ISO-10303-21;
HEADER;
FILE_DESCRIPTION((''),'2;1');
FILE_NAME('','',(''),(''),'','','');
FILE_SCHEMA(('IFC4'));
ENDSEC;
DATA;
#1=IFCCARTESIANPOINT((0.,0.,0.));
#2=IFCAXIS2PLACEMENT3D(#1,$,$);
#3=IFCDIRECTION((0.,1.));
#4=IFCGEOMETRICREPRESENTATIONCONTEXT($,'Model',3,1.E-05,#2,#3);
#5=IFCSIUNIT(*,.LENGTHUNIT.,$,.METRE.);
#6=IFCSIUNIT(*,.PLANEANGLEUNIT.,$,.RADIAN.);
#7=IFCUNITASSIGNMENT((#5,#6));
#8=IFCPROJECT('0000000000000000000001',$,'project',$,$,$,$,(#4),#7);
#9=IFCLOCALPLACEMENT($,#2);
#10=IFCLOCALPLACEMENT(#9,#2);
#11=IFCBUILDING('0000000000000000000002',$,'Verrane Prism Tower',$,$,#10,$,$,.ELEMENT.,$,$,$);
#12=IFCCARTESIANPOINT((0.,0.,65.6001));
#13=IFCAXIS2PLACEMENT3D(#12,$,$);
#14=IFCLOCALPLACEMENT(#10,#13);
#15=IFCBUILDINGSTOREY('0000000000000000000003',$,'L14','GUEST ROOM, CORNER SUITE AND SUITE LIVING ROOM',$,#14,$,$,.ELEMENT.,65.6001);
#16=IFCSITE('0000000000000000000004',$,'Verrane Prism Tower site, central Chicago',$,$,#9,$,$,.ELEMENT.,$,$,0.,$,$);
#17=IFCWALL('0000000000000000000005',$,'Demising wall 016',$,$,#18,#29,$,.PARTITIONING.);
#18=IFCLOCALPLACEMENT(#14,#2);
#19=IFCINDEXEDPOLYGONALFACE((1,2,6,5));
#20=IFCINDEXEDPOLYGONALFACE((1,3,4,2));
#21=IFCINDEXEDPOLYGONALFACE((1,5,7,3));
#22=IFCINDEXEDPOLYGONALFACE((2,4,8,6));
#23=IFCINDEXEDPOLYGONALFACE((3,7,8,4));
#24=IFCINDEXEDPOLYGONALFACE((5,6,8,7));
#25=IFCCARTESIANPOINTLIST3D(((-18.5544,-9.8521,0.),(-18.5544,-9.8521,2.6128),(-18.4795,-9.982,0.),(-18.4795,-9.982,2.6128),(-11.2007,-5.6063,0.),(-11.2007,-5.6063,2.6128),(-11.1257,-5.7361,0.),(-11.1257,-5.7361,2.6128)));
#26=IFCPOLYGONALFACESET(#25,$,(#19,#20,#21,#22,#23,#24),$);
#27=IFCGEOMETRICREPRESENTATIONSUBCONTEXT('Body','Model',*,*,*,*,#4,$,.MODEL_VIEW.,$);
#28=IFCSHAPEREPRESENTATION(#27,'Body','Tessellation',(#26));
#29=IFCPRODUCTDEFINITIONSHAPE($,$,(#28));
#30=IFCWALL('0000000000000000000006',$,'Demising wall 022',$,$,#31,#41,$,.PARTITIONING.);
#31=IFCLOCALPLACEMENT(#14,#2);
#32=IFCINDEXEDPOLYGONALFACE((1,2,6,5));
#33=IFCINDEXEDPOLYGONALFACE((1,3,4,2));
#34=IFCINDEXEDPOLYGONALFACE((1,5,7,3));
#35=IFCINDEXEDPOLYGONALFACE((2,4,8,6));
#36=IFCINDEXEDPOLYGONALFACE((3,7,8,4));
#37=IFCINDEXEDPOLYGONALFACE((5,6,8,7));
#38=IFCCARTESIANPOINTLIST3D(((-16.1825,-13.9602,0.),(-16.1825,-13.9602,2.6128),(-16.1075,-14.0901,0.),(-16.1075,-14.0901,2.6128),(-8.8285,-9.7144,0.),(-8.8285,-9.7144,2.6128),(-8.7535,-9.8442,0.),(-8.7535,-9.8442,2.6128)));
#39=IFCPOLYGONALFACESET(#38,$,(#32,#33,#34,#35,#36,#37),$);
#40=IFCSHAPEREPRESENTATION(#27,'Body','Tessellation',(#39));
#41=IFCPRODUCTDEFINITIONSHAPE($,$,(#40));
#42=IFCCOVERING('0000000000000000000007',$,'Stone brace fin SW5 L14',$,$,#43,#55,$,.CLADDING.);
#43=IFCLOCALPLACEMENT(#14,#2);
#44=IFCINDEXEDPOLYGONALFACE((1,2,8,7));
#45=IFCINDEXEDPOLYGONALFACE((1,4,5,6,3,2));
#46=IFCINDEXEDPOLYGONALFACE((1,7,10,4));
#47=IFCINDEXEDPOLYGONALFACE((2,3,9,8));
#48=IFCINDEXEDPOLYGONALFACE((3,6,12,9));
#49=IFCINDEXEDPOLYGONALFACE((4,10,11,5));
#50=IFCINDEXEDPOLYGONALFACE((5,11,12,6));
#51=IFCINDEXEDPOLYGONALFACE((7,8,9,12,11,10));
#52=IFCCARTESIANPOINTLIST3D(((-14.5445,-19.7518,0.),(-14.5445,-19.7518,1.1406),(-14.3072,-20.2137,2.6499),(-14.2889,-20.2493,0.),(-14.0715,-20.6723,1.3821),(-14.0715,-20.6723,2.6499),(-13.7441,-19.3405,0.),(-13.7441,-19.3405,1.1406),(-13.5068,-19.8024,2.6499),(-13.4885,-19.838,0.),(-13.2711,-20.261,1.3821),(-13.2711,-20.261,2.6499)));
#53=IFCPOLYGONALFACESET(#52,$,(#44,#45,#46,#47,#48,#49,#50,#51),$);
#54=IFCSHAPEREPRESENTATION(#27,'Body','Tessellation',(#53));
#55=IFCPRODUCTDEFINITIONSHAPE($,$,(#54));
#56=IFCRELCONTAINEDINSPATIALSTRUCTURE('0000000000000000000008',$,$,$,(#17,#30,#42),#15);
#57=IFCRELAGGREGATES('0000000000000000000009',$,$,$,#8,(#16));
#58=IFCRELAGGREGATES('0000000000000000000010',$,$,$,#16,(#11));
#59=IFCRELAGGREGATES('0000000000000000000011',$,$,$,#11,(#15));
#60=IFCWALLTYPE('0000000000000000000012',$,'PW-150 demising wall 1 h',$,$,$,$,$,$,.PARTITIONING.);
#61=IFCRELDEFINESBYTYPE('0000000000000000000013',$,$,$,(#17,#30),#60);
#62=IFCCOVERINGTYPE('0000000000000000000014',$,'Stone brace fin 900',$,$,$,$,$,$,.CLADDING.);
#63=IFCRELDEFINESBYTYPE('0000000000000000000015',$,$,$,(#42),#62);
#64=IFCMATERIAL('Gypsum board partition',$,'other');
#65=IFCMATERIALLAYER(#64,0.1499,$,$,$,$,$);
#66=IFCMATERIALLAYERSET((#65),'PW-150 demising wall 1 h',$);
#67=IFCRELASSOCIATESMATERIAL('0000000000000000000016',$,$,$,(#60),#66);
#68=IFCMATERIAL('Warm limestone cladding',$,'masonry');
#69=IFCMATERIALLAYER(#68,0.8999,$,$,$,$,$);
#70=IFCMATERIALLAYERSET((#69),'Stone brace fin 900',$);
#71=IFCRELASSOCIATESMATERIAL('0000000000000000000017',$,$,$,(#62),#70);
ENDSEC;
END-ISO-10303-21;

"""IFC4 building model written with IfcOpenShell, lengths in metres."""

from ifc_helpers import new_model, si_unit, direction, frame, frame_2d, origin, place, context, subcontext, project, spatial, polyline, rectangle, outline, extrude, material, layer, layer_set, type_object, element, save


model = new_model("IFC4")

# Units and contexts
model_context = context("Model", 3, precision=1e-05, world=origin(), true_north=direction((0.0, 1.0)))
body_context = subcontext(model_context, "Body", "Model", "MODEL_VIEW")
ifc_project = project(units=[si_unit("LENGTHUNIT", "METRE"), si_unit("PLANEANGLEUNIT", "RADIAN")], contexts=[model_context])

# Site, building, storey
site_placement = place(None, origin())
site = spatial("IfcSite", under=ifc_project, at=site_placement, Name="Verrane Prism Tower site, central Chicago", CompositionType="ELEMENT", RefElevation=0.0)
building_placement = place(site_placement, origin())
building = spatial("IfcBuilding", under=site, at=building_placement, Name="Verrane Prism Tower", CompositionType="ELEMENT")
storey_placement = place(building_placement, frame((0.0, 0.0, 65.6001)))
storey = spatial("IfcBuildingStorey", under=building, at=storey_placement, Name="L14", Description="GUEST ROOM, CORNER SUITE AND SUITE LIVING ROOM", CompositionType="ELEMENT", Elevation=65.6001)

# Walls
ifc_material_1 = material(Name="Gypsum board partition", Category="other")
ifc_layer_1 = layer(ifc_material_1, 0.1499)
ifc_layer_set_1 = layer_set([ifc_layer_1], Name="PW-150 demising wall 1 h")
wall_type = type_object("IfcWallType", Name="PW-150 demising wall 1 h", PredefinedType="PARTITIONING", material=ifc_layer_set_1)
wall_1_placement = place(storey_placement, frame((-18.5168, -9.917, 0.0), z_axis=(0.0, 0.0, 1.0), x_axis=(0.866018, 0.500014, 0.0)))
element("IfcWall", 1, at=wall_1_placement, inside=storey, type_object=wall_type, Name="Demising wall 016", PredefinedType="PARTITIONING", context=body_context, shape_type="SweptSolid", body=[
    extrude(rectangle(XDim=8.4915, YDim=0.1499, at=frame_2d((4.2456, 0.0))), origin(), (0.0, 0.0, 1.0), 2.6128),
])
wall_2_placement = place(storey_placement, frame((-16.145, -14.0251, 0.0), z_axis=(0.0, 0.0, 1.0), x_axis=(0.866025, 0.500001, 0.0)))
element("IfcWall", 2, at=wall_2_placement, inside=storey, type_object=wall_type, Name="Demising wall 022", PredefinedType="PARTITIONING", context=body_context, shape_type="SweptSolid", body=[
    extrude(rectangle(XDim=8.4917, YDim=0.1499, at=frame_2d((4.2458, 0.0))), origin(), (0.0, 0.0, 1.0), 2.6128),
])

# Covering
ifc_material_2 = material(Name="Warm limestone cladding", Category="masonry")
ifc_layer_2 = layer(ifc_material_2, 0.8999)
ifc_layer_set_2 = layer_set([ifc_layer_2], Name="Stone brace fin 900")
covering_type = type_object("IfcCoveringType", Name="Stone brace fin 900", PredefinedType="CLADDING", material=ifc_layer_set_2)
covering_placement = place(storey_placement, frame((-14.1443, -19.5461, 0.0), z_axis=(0.0, 0.0, 1.0), x_axis=(0.457001, -0.889466, 0.0)))
element("IfcCovering", 3, at=covering_placement, inside=storey, type_object=covering_type, Name="Stone brace fin SW5 L14", PredefinedType="CLADDING", context=body_context, shape_type="SweptSolid", body=[
    extrude(outline(polyline([(1.0349, 2.6499), (0.5193, 2.6499), (0.0, 1.1406), (0.0, 0.0), (0.5593, 0.0), (1.0349, 1.3821), (1.0349, 2.6499)])), frame((0.0, 0.45, 0.0), z_axis=(0.0, -1.0, 0.0), x_axis=(1.0, 0.0, 0.0)), (0.0, 0.0, 1.0), 0.8999),
])

save(model, "model.ifc")
